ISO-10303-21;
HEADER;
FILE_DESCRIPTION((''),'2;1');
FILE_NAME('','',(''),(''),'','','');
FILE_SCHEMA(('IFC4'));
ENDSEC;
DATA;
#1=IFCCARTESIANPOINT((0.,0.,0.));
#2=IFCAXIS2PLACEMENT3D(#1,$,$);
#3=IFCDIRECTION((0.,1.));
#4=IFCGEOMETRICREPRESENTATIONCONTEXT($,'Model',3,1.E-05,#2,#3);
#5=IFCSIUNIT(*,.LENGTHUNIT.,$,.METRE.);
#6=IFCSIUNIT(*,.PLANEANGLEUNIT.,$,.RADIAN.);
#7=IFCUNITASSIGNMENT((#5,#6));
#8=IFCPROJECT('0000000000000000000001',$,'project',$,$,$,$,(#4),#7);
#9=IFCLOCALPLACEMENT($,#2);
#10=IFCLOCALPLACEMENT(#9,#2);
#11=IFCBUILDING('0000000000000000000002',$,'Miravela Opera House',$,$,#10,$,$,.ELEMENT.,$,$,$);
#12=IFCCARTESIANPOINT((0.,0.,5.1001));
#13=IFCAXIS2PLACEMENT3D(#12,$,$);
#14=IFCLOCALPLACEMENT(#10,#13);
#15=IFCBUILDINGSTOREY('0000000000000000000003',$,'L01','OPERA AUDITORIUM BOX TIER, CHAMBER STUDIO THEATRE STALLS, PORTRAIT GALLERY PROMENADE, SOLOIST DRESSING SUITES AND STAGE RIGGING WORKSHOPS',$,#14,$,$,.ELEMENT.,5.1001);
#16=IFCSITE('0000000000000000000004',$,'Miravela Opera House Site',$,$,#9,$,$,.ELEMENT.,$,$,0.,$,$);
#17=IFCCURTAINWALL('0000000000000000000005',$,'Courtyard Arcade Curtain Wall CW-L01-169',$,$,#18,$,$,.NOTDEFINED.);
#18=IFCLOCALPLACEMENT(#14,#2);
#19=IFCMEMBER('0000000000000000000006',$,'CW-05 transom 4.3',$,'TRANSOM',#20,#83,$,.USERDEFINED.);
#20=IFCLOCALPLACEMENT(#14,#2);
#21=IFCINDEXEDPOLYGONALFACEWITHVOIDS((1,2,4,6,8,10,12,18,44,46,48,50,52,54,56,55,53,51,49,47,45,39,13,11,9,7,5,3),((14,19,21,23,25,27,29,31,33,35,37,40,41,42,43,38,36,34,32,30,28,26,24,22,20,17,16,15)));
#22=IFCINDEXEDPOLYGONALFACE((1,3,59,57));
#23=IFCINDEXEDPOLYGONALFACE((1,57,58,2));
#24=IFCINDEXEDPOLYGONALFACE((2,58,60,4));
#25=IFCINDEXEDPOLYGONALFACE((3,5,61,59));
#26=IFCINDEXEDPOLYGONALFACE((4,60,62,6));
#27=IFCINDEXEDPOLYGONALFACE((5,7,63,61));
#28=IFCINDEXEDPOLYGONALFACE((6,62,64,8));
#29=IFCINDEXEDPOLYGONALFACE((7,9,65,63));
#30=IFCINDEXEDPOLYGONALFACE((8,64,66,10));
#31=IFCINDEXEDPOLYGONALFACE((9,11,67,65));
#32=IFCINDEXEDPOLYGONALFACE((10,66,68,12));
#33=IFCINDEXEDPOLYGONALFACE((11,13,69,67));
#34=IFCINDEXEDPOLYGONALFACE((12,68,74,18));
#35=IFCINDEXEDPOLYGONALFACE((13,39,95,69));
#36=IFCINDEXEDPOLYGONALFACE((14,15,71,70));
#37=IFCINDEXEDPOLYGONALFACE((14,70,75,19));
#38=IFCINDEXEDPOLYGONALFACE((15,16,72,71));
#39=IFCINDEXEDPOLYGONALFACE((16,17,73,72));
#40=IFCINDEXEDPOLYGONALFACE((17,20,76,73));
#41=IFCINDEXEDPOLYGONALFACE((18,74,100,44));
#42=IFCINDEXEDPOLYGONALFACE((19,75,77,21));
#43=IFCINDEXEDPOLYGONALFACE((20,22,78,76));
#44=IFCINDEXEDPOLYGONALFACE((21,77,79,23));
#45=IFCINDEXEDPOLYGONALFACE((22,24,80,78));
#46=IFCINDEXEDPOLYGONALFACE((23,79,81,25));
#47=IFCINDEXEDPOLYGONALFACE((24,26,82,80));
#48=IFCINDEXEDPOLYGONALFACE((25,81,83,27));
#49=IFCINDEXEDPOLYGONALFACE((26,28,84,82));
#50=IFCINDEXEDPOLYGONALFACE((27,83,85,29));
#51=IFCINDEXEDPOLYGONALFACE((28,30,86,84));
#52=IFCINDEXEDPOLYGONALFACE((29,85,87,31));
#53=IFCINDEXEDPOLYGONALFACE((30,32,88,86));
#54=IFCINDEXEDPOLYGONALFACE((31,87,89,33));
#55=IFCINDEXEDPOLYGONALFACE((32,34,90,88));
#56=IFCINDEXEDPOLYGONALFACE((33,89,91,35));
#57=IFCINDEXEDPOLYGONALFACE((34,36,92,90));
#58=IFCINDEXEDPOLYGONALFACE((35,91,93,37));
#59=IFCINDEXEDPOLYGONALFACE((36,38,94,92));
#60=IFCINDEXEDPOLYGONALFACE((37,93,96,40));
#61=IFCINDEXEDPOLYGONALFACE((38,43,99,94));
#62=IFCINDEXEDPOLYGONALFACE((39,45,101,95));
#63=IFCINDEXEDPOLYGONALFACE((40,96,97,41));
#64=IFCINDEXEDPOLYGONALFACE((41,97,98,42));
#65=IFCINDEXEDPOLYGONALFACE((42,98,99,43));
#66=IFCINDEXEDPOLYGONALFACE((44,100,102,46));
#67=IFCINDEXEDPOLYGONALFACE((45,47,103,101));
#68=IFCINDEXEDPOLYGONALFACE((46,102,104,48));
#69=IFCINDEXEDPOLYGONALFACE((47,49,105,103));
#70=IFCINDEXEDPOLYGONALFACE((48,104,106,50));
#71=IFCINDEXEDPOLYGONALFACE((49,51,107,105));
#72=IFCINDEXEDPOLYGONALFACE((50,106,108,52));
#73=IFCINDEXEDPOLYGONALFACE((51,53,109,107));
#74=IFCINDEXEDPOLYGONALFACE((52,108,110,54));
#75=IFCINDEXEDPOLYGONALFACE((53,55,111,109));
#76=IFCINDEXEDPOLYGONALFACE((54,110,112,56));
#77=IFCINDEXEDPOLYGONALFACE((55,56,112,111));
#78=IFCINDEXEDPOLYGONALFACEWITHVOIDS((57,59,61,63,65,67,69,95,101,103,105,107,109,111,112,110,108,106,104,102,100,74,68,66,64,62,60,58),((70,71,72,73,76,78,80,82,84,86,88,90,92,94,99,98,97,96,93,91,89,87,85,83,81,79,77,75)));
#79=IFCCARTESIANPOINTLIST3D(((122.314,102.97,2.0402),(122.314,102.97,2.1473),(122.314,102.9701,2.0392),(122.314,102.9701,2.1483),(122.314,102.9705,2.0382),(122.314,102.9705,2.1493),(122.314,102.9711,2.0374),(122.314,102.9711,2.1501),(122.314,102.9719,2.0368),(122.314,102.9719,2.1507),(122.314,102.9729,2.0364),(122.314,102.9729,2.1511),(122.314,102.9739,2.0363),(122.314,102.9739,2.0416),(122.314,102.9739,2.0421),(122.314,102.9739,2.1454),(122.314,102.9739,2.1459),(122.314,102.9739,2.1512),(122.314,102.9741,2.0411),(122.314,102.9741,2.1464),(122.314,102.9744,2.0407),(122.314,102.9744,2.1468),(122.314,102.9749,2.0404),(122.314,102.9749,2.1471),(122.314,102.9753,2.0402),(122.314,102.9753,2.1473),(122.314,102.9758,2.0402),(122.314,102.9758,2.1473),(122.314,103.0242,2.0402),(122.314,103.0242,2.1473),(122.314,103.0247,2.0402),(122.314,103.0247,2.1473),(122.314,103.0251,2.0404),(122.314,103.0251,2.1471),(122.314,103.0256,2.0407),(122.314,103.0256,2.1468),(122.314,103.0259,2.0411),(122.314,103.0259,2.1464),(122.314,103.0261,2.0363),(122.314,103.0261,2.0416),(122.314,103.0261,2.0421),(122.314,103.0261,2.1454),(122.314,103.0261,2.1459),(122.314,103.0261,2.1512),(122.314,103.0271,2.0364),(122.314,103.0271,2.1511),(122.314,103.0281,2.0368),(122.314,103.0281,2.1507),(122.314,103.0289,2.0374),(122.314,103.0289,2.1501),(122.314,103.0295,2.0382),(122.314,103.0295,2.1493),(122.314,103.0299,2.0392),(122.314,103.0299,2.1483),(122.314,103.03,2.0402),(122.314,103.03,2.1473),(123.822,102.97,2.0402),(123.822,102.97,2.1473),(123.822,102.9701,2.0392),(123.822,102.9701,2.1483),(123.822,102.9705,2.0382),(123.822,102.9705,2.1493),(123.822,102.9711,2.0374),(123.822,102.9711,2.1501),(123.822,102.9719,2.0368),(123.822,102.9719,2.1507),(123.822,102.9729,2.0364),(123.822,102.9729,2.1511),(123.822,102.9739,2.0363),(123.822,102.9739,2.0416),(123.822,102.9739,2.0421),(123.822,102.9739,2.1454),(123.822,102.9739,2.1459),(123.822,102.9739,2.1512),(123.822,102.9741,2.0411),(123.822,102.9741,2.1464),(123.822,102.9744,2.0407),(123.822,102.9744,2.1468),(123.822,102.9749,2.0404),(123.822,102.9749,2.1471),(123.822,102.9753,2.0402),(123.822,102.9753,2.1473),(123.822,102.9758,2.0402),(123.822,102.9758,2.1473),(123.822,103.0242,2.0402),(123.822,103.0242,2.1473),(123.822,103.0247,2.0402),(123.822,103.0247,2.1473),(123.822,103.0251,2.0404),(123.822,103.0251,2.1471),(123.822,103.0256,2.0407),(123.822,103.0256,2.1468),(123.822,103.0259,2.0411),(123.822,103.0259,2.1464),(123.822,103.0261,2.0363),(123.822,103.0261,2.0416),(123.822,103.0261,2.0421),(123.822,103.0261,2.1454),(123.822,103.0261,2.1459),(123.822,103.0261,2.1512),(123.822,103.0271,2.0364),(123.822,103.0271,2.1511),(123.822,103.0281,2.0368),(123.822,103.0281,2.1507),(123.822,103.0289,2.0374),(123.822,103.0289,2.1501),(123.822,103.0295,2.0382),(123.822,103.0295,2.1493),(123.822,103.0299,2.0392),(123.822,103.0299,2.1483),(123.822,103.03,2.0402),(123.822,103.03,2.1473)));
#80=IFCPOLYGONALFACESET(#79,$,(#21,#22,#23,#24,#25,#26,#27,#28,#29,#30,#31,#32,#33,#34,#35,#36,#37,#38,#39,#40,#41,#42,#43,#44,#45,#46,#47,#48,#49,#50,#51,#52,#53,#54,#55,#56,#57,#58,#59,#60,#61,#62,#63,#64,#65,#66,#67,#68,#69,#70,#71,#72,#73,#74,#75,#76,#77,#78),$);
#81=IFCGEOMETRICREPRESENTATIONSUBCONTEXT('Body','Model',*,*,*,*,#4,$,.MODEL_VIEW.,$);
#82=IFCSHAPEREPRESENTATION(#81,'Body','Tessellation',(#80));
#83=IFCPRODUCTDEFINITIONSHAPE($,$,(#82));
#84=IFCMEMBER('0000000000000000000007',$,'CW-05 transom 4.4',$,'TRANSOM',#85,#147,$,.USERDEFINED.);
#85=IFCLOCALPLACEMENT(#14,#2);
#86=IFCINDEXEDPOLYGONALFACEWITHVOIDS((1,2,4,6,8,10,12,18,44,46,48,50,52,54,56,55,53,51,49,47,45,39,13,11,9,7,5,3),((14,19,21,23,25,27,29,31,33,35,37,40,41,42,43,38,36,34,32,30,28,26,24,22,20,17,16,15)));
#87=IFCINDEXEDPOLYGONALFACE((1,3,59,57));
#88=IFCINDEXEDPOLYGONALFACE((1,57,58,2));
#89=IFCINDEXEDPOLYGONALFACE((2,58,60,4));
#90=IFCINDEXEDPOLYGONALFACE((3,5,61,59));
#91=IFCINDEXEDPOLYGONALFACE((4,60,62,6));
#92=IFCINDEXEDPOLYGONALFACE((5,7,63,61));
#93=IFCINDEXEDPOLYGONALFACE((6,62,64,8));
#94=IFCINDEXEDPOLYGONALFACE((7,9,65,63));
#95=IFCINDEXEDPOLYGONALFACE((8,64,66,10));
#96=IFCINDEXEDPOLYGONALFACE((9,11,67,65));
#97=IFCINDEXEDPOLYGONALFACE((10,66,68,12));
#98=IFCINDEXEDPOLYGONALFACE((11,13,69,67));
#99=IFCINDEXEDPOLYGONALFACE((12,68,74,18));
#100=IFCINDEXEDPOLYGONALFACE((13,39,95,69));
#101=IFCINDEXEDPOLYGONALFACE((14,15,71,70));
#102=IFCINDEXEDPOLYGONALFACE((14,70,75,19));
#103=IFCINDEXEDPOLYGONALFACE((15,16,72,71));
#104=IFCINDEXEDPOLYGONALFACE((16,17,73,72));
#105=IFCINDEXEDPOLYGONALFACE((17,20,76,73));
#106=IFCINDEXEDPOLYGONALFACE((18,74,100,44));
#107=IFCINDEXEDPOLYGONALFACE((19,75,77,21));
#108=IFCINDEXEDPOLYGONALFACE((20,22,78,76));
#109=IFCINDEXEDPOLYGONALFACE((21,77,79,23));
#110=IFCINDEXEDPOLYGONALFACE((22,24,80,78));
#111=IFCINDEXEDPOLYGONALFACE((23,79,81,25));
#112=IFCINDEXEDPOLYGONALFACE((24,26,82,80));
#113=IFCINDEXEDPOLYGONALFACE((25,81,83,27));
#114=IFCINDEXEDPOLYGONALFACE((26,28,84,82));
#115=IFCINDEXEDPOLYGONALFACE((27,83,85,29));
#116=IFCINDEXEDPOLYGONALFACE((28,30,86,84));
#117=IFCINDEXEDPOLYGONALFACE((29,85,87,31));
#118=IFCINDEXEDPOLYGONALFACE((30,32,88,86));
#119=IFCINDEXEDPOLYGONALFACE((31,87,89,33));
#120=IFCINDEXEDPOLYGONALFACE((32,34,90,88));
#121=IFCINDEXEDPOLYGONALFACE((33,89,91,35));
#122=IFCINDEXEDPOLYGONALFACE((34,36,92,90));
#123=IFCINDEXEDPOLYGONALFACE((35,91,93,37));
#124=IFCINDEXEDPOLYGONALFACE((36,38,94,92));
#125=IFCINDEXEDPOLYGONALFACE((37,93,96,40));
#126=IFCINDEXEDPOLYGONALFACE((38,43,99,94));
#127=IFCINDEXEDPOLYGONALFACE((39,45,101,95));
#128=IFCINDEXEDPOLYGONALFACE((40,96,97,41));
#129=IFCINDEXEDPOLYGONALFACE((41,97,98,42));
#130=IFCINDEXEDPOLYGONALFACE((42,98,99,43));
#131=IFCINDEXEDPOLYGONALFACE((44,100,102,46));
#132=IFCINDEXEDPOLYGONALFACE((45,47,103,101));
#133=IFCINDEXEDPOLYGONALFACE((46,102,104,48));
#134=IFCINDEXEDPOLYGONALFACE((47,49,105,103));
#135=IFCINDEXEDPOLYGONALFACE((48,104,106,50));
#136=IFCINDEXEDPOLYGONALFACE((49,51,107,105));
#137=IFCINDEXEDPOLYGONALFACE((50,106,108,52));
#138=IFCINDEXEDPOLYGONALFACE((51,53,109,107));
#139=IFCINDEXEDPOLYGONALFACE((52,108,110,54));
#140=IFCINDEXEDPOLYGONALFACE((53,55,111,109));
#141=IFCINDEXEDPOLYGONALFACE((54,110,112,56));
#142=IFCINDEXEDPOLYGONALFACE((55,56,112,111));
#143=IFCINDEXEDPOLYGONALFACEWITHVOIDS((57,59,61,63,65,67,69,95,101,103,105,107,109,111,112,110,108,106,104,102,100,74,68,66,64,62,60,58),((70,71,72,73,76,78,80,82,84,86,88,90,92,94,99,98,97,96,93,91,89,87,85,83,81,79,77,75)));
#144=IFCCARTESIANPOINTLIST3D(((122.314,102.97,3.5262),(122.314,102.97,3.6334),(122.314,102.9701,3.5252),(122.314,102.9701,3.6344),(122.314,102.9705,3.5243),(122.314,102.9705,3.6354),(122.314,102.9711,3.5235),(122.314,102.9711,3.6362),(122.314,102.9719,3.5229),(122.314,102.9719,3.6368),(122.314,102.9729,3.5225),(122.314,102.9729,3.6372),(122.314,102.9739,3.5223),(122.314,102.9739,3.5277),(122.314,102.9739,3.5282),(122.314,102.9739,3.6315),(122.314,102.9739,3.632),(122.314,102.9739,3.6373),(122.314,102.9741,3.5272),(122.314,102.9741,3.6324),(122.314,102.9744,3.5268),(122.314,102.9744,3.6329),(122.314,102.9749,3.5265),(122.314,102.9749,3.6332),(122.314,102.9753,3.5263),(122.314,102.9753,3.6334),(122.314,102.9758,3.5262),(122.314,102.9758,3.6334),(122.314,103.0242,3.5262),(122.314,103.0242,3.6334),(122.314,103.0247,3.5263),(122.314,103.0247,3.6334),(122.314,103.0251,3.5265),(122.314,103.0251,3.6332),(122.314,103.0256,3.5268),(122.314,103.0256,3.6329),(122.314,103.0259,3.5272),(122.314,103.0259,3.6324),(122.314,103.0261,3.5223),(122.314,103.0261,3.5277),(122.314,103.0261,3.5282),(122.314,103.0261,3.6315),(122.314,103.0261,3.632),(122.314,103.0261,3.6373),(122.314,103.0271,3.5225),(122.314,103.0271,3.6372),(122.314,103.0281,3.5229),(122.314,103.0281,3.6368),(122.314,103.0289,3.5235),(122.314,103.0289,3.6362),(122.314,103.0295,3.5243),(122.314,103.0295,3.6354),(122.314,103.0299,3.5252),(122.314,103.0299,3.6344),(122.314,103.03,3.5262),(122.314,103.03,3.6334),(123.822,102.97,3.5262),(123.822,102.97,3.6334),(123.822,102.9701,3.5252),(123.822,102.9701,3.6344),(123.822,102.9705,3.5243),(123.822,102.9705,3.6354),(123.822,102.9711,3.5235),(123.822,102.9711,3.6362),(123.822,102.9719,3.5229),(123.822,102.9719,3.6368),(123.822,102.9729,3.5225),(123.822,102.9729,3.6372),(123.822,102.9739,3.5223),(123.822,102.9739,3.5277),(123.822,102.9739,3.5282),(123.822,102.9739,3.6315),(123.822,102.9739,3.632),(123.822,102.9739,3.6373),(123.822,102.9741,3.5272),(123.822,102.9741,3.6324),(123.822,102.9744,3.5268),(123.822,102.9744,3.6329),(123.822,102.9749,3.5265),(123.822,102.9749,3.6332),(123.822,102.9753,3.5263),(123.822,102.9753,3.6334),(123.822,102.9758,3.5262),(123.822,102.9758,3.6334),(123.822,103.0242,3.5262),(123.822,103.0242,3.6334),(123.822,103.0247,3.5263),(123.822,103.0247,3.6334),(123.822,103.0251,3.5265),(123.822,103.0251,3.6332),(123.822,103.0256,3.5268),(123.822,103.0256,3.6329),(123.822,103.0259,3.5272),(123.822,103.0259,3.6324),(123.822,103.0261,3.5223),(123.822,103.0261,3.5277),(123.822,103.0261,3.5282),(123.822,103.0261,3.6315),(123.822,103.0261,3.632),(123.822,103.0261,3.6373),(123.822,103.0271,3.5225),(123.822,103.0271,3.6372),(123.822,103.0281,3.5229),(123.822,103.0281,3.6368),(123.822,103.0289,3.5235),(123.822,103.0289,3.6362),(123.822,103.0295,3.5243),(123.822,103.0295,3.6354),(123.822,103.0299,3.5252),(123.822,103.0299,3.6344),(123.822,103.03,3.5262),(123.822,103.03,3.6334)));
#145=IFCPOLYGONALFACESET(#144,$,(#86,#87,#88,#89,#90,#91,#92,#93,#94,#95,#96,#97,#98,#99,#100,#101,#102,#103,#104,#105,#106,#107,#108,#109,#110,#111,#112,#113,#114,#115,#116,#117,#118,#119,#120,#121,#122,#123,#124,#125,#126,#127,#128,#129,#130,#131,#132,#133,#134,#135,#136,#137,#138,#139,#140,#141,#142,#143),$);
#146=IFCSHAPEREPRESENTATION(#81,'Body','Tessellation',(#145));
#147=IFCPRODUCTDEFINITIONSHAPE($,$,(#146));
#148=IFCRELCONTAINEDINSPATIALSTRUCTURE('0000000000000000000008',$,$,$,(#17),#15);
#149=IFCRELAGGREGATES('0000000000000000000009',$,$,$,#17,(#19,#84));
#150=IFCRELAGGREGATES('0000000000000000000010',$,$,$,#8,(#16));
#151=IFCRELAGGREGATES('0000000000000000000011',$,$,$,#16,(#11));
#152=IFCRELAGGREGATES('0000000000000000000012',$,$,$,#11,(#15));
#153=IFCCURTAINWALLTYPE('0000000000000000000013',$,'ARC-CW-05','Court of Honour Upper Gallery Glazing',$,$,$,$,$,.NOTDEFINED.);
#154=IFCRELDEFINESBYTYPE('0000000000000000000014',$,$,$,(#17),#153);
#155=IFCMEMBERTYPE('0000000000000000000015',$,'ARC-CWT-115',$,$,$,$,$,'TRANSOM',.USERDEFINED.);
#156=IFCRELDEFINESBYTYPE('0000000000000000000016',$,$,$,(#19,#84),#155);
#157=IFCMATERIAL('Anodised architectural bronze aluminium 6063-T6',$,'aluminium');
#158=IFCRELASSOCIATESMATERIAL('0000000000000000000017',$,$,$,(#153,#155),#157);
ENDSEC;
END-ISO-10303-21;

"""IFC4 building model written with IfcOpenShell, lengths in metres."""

from ifc_helpers import new_model, si_unit, direction, frame, origin, origin_2d, place, context, subcontext, project, spatial, hollow_rectangle, extrude, material, material_profile, profile_set, type_object, element, aggregate, save


model = new_model("IFC4")

# Units and contexts
model_context = context("Model", 3, precision=1e-05, world=origin(), true_north=direction((0.0, 1.0)))
body_context = subcontext(model_context, "Body", "Model", "MODEL_VIEW")
ifc_project = project(units=[si_unit("LENGTHUNIT", "METRE"), si_unit("PLANEANGLEUNIT", "RADIAN")], contexts=[model_context])

# Site, building, storey
site_placement = place(None, origin())
site = spatial("IfcSite", under=ifc_project, at=site_placement, Name="Miravela Opera House Site", CompositionType="ELEMENT", RefElevation=0.0)
building_placement = place(site_placement, origin())
building = spatial("IfcBuilding", under=site, at=building_placement, Name="Miravela Opera House", CompositionType="ELEMENT")
storey_placement = place(building_placement, frame((0.0, 0.0, 5.1001)))
storey = spatial("IfcBuildingStorey", under=building, at=storey_placement, Name="L01", Description="OPERA AUDITORIUM BOX TIER, CHAMBER STUDIO THEATRE STALLS, PORTRAIT GALLERY PROMENADE, SOLOIST DRESSING SUITES AND STAGE RIGGING WORKSHOPS", CompositionType="ELEMENT", Elevation=5.1001)

# Curtain wall, members
ifc_material_1 = material(Name="Anodised architectural bronze aluminium 6063-T6", Category="aluminium")
curtain_wall_type = type_object("IfcCurtainWallType", Name="ARC-CW-05", Description="Court of Honour Upper Gallery Glazing", PredefinedType="NOTDEFINED", material=ifc_material_1)
curtain_wall_placement = place(storey_placement, origin())
curtain_wall = element("IfcCurtainWall", 1, at=curtain_wall_placement, inside=storey, type_object=curtain_wall_type, Name="Courtyard Arcade Curtain Wall CW-L01-169", PredefinedType="NOTDEFINED")
ifc_material_profile_1 = material_profile(ifc_material_1, hollow_rectangle(XDim=0.0601, YDim=0.115, WallThickness=0.0039, InnerFilletRadius=0.002, OuterFilletRadius=0.0039, at=origin_2d()), Name="CWT-60X115")
ifc_profile_set_1 = profile_set([ifc_material_profile_1])
member_type_1 = type_object("IfcMemberType", Name="ARC-CWT-115", ElementType="TRANSOM", PredefinedType="USERDEFINED", material=ifc_profile_set_1)
member_1_placement = place(storey_placement, frame((122.314, 103.0, 2.0938), z_axis=(1.0, 0.0, 0.0), x_axis=(0.0, 1.0, 0.0)))
member_1 = element("IfcMember", 2, at=member_1_placement, type_object=member_type_1, Name="CW-05 transom 4.3", ObjectType="TRANSOM", PredefinedType="USERDEFINED", context=body_context, shape_type="SweptSolid", body=[
    extrude(hollow_rectangle(XDim=0.0601, YDim=0.115, WallThickness=0.0039, InnerFilletRadius=0.002, OuterFilletRadius=0.0039, at=origin_2d()), origin(), (0.0, 0.0, 1.0), 1.5081),
])
member_2_placement = place(storey_placement, frame((122.314, 103.0, 3.5798), z_axis=(1.0, 0.0, 0.0), x_axis=(0.0, 1.0, 0.0)))
member_2 = element("IfcMember", 3, at=member_2_placement, type_object=member_type_1, Name="CW-05 transom 4.4", ObjectType="TRANSOM", PredefinedType="USERDEFINED", context=body_context, shape_type="SweptSolid", body=[
    extrude(hollow_rectangle(XDim=0.0601, YDim=0.115, WallThickness=0.0039, InnerFilletRadius=0.002, OuterFilletRadius=0.0039, at=origin_2d()), origin(), (0.0, 0.0, 1.0), 1.5081),
])
aggregate(curtain_wall, [member_1, member_2])

save(model, "model.ifc")
